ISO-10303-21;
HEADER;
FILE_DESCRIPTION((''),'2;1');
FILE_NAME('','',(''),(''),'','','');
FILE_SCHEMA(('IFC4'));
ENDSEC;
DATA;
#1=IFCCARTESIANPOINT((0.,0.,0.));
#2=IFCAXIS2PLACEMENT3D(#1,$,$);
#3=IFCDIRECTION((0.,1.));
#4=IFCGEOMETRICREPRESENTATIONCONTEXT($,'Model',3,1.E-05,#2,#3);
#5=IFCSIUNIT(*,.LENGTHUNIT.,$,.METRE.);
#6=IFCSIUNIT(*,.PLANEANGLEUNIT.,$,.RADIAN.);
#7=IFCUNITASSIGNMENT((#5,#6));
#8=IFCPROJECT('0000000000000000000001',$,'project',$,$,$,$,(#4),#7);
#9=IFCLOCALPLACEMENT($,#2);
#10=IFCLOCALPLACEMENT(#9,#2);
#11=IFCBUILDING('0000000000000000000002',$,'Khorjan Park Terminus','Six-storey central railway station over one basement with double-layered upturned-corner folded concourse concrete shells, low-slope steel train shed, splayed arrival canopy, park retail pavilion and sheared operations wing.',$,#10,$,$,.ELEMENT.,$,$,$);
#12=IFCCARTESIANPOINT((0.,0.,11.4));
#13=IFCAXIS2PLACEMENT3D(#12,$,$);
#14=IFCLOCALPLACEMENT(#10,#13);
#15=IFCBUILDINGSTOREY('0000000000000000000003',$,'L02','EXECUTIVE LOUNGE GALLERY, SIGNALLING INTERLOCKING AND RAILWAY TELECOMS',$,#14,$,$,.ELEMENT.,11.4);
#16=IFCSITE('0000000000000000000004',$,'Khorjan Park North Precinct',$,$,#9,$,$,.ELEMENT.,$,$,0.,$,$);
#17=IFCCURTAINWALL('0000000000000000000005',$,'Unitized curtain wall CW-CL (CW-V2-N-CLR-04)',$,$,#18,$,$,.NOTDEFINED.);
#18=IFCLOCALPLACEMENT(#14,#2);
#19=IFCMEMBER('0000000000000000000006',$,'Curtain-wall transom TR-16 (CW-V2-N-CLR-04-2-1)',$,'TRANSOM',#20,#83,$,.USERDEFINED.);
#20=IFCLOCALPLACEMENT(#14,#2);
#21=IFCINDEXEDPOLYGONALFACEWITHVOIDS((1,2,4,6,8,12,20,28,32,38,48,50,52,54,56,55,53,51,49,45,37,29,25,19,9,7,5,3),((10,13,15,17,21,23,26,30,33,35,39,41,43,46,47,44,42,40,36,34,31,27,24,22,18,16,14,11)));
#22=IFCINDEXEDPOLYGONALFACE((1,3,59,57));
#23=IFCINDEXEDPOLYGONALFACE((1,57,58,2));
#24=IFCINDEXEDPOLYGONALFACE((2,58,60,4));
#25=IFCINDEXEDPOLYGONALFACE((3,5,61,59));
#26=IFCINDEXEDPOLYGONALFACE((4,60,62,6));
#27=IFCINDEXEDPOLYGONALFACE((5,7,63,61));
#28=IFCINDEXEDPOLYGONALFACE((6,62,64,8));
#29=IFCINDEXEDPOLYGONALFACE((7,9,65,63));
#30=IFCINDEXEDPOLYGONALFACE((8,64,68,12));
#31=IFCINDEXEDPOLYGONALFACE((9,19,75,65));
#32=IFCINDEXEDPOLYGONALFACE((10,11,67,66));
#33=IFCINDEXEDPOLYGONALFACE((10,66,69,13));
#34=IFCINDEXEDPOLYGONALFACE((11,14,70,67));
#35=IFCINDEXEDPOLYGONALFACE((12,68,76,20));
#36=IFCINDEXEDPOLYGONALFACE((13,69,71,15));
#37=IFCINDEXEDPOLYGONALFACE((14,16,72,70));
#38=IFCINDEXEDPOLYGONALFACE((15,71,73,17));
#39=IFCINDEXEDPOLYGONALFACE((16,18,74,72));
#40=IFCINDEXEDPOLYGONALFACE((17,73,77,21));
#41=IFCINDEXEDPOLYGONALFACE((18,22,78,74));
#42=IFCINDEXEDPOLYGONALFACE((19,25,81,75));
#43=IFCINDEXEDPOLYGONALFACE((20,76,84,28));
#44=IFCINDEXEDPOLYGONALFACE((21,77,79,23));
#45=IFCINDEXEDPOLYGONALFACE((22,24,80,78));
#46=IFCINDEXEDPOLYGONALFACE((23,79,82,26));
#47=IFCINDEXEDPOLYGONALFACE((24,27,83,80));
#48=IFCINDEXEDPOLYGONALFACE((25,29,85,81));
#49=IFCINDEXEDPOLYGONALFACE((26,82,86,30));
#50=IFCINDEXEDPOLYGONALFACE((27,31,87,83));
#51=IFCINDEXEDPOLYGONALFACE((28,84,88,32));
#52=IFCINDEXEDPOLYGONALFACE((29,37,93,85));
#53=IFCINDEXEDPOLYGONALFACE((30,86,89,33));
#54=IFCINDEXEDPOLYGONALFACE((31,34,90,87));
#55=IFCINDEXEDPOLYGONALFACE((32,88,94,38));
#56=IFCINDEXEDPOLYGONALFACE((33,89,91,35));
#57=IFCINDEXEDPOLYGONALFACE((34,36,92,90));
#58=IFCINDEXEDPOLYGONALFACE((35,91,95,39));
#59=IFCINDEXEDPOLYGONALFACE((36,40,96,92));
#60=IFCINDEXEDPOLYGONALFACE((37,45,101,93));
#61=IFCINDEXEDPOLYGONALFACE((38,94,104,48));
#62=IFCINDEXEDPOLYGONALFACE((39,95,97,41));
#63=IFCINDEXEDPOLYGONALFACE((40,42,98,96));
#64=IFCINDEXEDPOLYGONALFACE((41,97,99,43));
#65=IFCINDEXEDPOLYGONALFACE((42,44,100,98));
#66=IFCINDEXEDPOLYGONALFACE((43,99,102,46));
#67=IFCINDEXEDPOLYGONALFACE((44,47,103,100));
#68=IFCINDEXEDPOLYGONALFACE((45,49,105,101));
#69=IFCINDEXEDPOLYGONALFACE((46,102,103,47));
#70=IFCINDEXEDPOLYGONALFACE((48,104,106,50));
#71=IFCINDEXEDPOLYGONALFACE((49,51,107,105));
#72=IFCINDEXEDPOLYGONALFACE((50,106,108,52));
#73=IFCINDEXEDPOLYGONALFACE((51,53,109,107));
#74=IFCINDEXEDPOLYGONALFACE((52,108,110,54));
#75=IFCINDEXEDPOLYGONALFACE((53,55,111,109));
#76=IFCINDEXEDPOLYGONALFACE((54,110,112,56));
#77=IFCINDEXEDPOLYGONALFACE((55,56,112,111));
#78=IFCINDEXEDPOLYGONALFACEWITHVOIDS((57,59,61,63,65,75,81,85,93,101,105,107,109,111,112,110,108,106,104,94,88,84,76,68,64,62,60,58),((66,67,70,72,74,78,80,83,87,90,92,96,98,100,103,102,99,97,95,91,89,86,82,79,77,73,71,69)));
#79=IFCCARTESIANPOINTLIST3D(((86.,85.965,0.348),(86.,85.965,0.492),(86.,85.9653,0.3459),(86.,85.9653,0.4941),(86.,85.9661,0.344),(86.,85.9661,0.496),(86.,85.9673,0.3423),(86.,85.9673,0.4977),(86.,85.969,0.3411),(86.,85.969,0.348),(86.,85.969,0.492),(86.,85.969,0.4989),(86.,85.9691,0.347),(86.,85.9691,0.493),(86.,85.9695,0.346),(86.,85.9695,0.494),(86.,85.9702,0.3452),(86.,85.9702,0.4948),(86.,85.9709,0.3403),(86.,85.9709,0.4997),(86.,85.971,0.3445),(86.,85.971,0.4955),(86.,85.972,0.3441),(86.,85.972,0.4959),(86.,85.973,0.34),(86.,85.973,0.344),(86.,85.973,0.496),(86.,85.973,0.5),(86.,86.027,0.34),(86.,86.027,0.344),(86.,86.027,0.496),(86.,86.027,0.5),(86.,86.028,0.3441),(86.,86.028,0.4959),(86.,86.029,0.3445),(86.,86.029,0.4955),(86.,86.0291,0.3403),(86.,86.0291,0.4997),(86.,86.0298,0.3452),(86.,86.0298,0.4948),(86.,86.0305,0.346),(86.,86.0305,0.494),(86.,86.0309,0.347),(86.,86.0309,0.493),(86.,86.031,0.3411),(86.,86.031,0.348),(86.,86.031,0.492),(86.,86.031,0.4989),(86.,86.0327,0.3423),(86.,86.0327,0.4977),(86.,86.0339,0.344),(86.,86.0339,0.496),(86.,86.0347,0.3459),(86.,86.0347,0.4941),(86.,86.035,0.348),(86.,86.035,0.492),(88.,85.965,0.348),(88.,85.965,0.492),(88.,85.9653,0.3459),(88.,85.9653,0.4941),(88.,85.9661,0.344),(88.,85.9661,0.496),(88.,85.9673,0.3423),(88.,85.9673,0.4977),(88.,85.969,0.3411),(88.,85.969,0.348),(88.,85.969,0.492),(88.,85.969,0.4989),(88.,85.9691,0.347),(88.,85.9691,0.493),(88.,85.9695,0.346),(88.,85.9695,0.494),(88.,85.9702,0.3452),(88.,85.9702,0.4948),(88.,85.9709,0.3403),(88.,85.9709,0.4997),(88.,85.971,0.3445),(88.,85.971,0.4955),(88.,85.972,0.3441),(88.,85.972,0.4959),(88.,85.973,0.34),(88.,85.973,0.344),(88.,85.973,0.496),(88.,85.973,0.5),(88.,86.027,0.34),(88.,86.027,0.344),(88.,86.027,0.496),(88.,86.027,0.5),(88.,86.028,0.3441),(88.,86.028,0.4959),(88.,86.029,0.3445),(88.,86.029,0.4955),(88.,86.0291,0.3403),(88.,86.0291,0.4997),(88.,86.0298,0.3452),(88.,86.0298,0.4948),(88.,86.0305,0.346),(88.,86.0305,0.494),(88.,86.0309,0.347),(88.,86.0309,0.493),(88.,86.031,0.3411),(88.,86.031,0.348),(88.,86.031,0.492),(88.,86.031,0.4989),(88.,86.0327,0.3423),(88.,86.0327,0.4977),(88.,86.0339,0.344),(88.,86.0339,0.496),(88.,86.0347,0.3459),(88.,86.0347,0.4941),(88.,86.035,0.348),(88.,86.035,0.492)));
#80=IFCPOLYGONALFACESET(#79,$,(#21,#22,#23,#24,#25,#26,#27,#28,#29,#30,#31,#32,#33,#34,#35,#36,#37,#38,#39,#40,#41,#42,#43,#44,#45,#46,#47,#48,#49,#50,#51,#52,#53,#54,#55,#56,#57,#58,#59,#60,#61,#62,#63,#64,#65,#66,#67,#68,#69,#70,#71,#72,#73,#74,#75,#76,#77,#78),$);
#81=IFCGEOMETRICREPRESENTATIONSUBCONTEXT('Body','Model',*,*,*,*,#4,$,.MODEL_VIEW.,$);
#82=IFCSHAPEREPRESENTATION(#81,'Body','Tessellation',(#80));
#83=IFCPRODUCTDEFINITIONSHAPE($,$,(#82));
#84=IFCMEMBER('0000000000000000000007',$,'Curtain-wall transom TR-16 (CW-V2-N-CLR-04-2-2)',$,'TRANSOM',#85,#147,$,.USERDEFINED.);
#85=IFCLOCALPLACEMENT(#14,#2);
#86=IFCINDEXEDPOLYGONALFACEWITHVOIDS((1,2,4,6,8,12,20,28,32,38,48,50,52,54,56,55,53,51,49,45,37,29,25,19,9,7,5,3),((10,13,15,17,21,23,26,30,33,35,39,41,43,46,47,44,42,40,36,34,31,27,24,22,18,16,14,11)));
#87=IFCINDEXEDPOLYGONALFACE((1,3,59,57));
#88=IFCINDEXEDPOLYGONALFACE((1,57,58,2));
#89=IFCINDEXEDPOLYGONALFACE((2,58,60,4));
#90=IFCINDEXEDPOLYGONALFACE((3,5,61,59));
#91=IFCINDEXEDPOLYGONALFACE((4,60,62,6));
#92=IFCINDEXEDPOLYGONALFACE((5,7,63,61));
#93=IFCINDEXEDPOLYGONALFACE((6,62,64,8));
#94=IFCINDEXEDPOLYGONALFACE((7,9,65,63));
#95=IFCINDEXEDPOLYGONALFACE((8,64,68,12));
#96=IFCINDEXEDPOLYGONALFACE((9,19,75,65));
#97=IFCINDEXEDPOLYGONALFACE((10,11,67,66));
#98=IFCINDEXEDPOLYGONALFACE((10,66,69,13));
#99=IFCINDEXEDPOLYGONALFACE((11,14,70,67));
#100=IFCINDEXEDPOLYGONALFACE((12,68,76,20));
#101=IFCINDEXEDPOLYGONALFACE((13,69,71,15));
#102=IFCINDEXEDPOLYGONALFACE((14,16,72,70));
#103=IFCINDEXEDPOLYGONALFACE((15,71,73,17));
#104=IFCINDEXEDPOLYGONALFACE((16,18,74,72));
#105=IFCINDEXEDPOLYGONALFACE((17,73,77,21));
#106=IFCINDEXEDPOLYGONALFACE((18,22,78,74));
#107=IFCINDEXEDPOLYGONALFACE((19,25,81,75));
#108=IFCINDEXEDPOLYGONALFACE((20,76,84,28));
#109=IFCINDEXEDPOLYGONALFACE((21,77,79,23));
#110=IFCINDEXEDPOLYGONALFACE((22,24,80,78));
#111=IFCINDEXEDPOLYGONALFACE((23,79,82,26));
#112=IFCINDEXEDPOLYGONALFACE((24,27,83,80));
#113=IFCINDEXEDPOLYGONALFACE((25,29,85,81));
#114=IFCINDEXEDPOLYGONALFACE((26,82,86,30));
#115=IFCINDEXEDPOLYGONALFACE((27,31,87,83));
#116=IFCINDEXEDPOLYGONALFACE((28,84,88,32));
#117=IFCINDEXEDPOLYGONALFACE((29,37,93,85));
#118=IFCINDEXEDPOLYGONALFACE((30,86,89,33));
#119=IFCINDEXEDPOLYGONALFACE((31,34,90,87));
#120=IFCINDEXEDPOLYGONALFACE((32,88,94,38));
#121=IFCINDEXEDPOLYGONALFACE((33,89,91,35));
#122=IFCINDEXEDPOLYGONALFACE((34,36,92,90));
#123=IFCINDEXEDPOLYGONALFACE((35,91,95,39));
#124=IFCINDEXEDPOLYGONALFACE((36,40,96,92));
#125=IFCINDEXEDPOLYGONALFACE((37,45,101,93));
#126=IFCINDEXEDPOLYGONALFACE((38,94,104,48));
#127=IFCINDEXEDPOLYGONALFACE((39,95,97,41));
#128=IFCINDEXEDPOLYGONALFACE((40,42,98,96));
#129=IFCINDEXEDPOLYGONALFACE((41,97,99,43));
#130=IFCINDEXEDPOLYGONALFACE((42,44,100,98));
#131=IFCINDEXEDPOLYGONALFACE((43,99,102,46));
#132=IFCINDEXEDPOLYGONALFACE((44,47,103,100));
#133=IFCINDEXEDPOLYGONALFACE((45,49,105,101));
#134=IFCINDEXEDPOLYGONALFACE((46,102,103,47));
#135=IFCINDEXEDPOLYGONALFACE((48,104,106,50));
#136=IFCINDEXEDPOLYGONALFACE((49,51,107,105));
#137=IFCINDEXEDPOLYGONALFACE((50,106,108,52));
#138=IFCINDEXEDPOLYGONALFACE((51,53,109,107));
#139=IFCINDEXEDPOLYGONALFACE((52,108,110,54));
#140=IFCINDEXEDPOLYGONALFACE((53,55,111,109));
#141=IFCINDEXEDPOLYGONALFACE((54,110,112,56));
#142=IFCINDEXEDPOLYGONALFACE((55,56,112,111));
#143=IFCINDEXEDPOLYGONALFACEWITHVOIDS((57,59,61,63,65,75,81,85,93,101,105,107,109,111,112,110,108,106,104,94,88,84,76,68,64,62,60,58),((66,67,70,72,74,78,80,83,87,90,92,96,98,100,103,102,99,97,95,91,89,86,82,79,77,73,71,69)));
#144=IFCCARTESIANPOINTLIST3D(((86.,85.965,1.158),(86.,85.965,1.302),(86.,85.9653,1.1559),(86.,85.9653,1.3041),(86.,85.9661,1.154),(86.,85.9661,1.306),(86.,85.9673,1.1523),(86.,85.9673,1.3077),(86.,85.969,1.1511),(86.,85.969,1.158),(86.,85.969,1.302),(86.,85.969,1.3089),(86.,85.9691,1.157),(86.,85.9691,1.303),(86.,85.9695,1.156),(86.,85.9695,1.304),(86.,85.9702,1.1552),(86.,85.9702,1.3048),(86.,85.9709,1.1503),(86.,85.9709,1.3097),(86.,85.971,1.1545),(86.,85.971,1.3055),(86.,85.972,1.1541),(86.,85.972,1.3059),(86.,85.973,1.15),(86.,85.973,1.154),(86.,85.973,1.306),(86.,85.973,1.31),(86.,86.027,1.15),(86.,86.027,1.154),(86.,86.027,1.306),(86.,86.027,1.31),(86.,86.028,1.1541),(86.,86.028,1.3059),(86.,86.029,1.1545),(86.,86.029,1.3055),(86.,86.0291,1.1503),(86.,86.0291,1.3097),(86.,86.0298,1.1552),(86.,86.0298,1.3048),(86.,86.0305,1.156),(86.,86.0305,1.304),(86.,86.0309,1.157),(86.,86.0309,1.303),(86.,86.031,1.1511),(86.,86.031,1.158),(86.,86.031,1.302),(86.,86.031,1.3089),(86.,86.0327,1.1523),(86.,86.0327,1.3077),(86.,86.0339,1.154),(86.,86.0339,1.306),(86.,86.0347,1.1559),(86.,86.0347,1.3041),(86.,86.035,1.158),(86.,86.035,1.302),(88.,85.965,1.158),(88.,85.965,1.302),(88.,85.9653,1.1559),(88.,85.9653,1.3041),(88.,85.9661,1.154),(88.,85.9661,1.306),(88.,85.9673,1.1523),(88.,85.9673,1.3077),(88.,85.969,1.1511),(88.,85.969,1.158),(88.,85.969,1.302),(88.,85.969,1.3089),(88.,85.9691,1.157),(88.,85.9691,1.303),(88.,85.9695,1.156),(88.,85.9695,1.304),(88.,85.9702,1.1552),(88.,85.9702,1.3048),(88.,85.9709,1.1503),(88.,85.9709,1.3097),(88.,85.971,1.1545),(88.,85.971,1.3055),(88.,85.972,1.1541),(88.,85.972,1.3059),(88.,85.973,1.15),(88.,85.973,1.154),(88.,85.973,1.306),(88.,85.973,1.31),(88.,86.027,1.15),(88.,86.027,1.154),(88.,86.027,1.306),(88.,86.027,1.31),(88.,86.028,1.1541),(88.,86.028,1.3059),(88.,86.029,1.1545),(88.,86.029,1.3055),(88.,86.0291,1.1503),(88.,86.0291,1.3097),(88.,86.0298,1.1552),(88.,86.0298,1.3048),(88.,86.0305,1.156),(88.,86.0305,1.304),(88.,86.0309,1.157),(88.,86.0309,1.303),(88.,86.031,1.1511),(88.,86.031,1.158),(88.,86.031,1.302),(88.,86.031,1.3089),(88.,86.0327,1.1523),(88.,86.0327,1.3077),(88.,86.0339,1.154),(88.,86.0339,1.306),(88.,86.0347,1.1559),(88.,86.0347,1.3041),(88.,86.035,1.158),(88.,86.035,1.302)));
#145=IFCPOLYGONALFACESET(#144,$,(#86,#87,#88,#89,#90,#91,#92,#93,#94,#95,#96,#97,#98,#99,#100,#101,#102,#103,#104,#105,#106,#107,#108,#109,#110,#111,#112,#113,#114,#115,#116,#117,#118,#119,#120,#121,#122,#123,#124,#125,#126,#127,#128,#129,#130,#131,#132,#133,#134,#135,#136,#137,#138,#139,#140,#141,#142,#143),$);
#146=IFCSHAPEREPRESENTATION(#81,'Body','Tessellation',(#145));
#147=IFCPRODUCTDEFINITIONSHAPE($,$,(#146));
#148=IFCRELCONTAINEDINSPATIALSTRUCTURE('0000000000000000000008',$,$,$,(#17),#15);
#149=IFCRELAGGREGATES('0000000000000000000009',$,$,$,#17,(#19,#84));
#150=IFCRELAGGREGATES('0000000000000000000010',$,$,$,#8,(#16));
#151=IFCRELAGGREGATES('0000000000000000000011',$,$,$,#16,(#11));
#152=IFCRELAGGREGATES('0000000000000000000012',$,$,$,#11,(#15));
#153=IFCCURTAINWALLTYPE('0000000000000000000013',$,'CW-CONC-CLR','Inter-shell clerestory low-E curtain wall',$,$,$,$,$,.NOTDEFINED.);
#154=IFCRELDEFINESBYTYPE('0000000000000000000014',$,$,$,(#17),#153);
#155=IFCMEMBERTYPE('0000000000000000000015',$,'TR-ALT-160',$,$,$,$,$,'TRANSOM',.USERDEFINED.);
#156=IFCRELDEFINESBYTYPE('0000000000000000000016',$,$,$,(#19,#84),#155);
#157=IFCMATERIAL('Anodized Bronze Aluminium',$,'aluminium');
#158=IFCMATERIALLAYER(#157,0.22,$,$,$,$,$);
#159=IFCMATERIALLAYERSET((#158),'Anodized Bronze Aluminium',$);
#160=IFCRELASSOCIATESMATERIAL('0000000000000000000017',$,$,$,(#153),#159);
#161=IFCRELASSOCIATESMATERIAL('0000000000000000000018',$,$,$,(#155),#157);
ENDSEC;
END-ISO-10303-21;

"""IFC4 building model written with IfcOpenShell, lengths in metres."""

from ifc_helpers import new_model, si_unit, direction, frame, origin, origin_2d, place, context, subcontext, project, spatial, hollow_rectangle, extrude, material, layer, layer_set, material_profile, profile_set, type_object, element, aggregate, save


model = new_model("IFC4")

# Units and contexts
model_context = context("Model", 3, precision=1e-05, world=origin(), true_north=direction((0.0, 1.0)))
body_context = subcontext(model_context, "Body", "Model", "MODEL_VIEW")
ifc_project = project(units=[si_unit("LENGTHUNIT", "METRE"), si_unit("PLANEANGLEUNIT", "RADIAN")], contexts=[model_context])

# Site, building, storey
site_placement = place(None, origin())
site = spatial("IfcSite", under=ifc_project, at=site_placement, Name="Khorjan Park North Precinct", CompositionType="ELEMENT", RefElevation=0.0)
building_placement = place(site_placement, origin())
building = spatial("IfcBuilding", under=site, at=building_placement, Name="Khorjan Park Terminus", Description="Six-storey central railway station over one basement with double-layered upturned-corner folded concourse concrete shells, low-slope steel train shed, splayed arrival canopy, park retail pavilion and sheared operations wing.", CompositionType="ELEMENT")
storey_placement = place(building_placement, frame((0.0, 0.0, 11.4)))
storey = spatial("IfcBuildingStorey", under=building, at=storey_placement, Name="L02", Description="EXECUTIVE LOUNGE GALLERY, SIGNALLING INTERLOCKING AND RAILWAY TELECOMS", CompositionType="ELEMENT", Elevation=11.4)

# Curtain wall
ifc_material_1 = material(Name="Anodized Bronze Aluminium", Category="aluminium")
ifc_layer_1 = layer(ifc_material_1, 0.22)
ifc_layer_set_1 = layer_set([ifc_layer_1], Name="Anodized Bronze Aluminium")
curtain_wall_type = type_object("IfcCurtainWallType", Name="CW-CONC-CLR", Description="Inter-shell clerestory low-E curtain wall", PredefinedType="NOTDEFINED", material=ifc_layer_set_1)
curtain_wall_1_placement = place(storey_placement, origin())
curtain_wall_1 = element("IfcCurtainWall", 1, at=curtain_wall_1_placement, inside=storey, type_object=curtain_wall_type, Name="Unitized curtain wall CW-CL (CW-V2-N-CLR-04)", PredefinedType="NOTDEFINED")

# Members
ifc_material_profile_1 = material_profile(ifc_material_1, hollow_rectangle(XDim=0.07, YDim=0.16, WallThickness=0.004, InnerFilletRadius=0.004, OuterFilletRadius=0.008, at=origin_2d()), Name="ALT 70x160x4")
ifc_profile_set_1 = profile_set([ifc_material_profile_1], Name="Anodized Bronze Aluminium")
member_type_1 = type_object("IfcMemberType", Name="TR-ALT-160", ElementType="TRANSOM", PredefinedType="USERDEFINED", material=ifc_profile_set_1)
member_1_placement = place(storey_placement, frame((88.0, 86.0, 0.42), z_axis=(-1.0, 0.0, 0.0), x_axis=(0.0, -1.0, 0.0)))
member_1 = element("IfcMember", 2, at=member_1_placement, type_object=member_type_1, Name="Curtain-wall transom TR-16 (CW-V2-N-CLR-04-2-1)", ObjectType="TRANSOM", PredefinedType="USERDEFINED", context=body_context, shape_type="SweptSolid", body=[
    extrude(hollow_rectangle(XDim=0.07, YDim=0.16, WallThickness=0.004, InnerFilletRadius=0.004, OuterFilletRadius=0.008, at=origin_2d()), origin(), (0.0, 0.0, 1.0), 2.0),
])
member_2_placement = place(storey_placement, frame((88.0, 86.0, 1.23), z_axis=(-1.0, 0.0, 0.0), x_axis=(0.0, -1.0, 0.0)))
member_2 = element("IfcMember", 3, at=member_2_placement, type_object=member_type_1, Name="Curtain-wall transom TR-16 (CW-V2-N-CLR-04-2-2)", ObjectType="TRANSOM", PredefinedType="USERDEFINED", context=body_context, shape_type="SweptSolid", body=[
    extrude(hollow_rectangle(XDim=0.07, YDim=0.16, WallThickness=0.004, InnerFilletRadius=0.004, OuterFilletRadius=0.008, at=origin_2d()), origin(), (0.0, 0.0, 1.0), 2.0),
])

aggregate(curtain_wall_1, [member_1, member_2])

save(model, "model.ifc")
